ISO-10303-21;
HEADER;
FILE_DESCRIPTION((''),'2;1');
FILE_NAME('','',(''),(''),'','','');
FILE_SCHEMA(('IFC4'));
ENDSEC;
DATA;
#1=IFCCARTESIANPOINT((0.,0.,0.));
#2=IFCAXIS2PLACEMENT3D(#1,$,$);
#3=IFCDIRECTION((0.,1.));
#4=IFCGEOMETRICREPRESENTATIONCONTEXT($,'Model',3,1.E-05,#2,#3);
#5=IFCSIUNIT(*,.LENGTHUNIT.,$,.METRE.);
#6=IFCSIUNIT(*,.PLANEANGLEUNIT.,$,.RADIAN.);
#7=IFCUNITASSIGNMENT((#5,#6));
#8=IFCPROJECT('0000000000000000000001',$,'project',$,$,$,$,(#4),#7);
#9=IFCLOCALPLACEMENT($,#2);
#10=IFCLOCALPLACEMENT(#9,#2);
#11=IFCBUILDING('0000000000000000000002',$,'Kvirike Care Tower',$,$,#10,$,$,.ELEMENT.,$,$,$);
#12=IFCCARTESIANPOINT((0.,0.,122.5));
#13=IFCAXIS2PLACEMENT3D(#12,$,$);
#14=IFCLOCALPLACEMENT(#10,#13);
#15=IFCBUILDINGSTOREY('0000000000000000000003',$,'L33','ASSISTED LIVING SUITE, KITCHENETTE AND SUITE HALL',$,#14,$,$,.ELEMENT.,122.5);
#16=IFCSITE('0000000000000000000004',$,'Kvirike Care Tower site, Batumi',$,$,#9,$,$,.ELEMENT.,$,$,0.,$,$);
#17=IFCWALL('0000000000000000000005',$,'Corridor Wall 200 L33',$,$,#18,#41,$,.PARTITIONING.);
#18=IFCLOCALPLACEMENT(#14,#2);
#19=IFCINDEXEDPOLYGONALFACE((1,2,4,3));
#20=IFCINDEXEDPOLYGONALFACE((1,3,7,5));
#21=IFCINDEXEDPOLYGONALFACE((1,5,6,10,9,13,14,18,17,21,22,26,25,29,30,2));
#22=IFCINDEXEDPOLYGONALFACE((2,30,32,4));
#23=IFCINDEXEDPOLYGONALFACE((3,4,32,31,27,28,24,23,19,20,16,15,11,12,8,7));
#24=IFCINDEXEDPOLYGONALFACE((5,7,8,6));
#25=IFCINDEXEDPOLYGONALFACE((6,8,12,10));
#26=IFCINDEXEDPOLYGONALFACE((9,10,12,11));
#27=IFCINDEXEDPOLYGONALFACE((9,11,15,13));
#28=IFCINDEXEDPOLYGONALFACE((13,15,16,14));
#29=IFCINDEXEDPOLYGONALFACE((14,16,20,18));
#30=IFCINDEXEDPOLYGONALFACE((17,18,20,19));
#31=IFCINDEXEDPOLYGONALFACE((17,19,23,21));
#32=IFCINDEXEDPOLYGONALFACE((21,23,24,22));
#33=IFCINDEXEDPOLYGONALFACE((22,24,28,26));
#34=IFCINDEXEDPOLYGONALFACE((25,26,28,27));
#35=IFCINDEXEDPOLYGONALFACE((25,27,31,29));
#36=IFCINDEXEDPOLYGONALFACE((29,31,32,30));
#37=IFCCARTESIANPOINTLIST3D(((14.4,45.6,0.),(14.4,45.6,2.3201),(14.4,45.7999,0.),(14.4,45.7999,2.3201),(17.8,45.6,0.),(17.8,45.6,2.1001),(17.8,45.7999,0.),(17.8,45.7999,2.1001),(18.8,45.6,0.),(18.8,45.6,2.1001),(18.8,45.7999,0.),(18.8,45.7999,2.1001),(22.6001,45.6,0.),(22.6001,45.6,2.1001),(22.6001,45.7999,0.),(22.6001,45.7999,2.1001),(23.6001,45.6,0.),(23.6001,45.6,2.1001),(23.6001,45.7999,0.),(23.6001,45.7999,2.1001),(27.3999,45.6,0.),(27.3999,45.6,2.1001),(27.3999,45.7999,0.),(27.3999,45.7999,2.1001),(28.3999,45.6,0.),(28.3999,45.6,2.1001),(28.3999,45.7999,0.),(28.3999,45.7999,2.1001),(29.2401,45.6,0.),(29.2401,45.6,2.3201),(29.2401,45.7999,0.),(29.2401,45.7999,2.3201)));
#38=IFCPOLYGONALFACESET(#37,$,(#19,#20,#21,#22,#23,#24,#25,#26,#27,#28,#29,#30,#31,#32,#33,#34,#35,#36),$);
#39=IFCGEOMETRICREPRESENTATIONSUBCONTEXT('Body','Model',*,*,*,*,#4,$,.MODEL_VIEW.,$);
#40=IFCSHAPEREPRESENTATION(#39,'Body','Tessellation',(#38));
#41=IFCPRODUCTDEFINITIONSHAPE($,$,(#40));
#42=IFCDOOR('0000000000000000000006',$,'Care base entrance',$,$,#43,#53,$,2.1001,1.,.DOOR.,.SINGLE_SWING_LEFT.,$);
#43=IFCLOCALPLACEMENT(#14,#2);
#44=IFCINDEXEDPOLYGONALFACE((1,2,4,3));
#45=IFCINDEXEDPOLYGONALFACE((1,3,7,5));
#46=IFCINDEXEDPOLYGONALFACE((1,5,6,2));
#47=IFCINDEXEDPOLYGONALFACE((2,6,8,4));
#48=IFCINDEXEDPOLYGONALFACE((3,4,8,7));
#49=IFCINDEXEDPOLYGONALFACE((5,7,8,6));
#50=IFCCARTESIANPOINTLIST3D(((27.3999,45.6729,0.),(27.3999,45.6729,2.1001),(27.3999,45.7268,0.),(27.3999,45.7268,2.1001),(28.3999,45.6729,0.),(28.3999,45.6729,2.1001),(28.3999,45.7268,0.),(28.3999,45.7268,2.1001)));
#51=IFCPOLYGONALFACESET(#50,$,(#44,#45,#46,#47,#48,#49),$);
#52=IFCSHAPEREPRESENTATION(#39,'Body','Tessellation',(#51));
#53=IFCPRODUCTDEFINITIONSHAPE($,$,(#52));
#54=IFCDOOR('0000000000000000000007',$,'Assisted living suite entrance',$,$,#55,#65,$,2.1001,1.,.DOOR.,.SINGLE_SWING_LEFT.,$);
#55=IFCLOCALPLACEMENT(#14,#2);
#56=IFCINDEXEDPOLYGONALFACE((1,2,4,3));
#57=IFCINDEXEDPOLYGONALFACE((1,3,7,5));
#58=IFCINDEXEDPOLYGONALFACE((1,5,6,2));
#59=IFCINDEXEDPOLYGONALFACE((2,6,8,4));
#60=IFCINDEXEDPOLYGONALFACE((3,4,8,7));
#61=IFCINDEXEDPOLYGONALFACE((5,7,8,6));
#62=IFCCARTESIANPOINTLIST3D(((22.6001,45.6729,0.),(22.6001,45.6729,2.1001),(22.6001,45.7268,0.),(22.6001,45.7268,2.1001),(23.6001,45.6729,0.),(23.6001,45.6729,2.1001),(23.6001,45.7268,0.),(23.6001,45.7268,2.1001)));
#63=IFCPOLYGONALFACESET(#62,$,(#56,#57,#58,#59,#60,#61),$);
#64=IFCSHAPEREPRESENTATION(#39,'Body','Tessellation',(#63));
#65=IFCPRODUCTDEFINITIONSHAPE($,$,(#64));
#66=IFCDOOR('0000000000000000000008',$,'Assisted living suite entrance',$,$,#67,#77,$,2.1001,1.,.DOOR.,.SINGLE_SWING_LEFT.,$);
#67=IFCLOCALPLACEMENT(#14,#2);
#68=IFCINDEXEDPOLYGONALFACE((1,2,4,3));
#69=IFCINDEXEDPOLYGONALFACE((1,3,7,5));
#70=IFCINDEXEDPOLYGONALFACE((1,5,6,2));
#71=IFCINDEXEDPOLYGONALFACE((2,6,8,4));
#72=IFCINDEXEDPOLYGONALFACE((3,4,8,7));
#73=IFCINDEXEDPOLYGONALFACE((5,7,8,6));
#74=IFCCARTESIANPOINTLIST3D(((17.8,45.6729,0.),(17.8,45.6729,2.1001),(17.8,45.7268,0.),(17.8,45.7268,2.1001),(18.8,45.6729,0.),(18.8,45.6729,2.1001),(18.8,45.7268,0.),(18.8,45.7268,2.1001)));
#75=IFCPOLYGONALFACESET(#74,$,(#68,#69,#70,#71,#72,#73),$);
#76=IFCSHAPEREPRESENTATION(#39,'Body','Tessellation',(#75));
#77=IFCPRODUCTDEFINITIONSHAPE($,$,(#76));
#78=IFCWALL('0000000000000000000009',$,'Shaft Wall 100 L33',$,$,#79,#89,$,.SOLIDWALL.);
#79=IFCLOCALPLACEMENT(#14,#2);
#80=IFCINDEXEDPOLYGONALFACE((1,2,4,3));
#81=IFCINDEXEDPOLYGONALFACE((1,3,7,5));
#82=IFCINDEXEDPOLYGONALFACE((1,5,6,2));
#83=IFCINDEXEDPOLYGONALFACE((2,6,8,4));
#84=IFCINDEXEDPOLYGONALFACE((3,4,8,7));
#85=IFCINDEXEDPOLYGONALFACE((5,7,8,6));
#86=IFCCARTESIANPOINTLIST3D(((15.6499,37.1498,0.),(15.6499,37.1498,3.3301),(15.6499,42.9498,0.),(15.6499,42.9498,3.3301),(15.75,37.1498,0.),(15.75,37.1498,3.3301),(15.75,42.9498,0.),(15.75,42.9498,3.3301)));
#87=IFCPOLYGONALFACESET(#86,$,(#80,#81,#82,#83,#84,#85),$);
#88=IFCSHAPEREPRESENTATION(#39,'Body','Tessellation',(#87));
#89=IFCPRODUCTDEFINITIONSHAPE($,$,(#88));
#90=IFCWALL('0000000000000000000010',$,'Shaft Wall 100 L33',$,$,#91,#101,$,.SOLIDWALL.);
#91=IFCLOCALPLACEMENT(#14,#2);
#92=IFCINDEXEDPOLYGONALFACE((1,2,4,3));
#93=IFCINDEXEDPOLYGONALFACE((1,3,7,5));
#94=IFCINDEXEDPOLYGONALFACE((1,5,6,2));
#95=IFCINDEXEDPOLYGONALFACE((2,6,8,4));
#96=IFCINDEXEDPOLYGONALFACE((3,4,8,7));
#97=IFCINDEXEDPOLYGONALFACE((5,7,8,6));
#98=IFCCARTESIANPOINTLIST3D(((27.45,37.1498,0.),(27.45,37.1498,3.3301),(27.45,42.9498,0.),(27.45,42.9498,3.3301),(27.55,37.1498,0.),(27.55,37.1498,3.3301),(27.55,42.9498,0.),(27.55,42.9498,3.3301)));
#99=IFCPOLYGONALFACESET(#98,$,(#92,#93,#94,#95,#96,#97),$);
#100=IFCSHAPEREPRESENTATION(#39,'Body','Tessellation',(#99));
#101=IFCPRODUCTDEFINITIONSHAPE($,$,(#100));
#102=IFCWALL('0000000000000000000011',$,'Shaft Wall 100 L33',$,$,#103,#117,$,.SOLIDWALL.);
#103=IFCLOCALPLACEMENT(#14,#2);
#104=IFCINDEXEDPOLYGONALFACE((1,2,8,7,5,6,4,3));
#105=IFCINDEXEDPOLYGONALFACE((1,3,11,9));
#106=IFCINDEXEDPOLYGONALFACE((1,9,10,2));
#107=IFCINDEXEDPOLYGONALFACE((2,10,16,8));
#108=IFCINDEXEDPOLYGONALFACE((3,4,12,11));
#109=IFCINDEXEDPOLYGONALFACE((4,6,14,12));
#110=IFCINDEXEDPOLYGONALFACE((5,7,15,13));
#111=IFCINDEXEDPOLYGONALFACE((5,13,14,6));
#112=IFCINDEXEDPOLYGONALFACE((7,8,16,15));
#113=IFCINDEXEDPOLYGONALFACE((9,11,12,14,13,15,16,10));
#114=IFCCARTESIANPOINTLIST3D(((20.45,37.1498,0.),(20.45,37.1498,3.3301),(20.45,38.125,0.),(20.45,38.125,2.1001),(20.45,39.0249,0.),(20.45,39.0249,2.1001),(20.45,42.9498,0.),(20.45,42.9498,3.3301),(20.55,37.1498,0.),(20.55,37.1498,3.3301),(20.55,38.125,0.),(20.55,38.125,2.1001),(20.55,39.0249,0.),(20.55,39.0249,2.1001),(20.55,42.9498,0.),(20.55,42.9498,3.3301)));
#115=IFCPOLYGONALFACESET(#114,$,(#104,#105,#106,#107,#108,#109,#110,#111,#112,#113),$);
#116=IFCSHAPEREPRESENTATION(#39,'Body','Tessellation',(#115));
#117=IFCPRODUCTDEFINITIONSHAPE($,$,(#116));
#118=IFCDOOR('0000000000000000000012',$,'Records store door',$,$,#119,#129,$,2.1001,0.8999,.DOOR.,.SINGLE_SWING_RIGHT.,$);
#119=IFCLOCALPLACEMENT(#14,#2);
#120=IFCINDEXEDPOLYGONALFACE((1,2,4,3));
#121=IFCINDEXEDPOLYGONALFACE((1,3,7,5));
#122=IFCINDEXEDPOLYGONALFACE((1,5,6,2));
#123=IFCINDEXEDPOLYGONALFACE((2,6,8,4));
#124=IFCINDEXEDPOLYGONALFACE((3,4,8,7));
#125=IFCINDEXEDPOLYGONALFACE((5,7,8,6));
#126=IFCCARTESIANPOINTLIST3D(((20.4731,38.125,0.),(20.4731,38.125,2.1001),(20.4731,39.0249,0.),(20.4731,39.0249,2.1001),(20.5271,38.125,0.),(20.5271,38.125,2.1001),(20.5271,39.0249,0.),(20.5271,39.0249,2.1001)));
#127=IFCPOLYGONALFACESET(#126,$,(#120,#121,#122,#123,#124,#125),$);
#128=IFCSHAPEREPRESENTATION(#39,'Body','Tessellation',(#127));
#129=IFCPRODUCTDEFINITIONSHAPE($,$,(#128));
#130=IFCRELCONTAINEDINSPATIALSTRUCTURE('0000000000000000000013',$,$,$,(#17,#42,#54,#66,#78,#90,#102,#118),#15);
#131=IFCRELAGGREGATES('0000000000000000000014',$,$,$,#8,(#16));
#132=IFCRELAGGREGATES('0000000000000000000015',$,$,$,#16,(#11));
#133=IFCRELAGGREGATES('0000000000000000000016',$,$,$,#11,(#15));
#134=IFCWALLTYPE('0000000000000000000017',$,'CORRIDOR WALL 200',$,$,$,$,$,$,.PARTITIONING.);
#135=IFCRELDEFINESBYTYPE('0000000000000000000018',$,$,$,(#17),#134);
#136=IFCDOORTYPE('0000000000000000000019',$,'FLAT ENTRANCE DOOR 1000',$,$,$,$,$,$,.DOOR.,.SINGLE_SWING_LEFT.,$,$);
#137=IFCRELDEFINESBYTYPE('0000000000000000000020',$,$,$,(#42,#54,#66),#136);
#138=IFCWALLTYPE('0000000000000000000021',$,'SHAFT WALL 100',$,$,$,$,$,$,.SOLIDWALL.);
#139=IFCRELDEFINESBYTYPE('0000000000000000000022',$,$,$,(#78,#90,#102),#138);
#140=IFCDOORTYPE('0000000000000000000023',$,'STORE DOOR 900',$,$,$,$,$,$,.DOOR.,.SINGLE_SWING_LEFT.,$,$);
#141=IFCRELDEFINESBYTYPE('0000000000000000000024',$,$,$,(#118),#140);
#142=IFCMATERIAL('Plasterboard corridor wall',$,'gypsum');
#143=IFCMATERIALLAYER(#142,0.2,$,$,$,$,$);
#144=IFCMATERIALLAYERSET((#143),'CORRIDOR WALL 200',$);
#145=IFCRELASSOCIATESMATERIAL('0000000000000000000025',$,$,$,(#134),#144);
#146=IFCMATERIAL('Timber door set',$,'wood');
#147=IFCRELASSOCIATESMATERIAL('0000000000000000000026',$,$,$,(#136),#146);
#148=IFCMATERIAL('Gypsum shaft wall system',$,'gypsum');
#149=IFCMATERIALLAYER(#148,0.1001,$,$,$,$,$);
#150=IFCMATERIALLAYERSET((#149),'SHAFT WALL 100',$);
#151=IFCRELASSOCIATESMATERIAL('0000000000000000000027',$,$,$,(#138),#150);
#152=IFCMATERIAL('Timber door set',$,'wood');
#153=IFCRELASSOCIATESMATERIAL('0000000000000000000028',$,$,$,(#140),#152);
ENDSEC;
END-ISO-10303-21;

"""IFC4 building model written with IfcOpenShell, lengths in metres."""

from ifc_helpers import new_model, si_unit, direction, frame, frame_2d, origin, place, context, subcontext, project, spatial, rectangle, extrude, material, layer, layer_set, type_object, element, fill, save


model = new_model("IFC4")

# Units and contexts
model_context = context("Model", 3, precision=1e-05, world=origin(), true_north=direction((0.0, 1.0)))
body_context = subcontext(model_context, "Body", "Model", "MODEL_VIEW")
ifc_project = project(units=[si_unit("LENGTHUNIT", "METRE"), si_unit("PLANEANGLEUNIT", "RADIAN")], contexts=[model_context])

# Site, building, storey
site_placement = place(None, origin())
site = spatial("IfcSite", under=ifc_project, at=site_placement, Name="Kvirike Care Tower site, Batumi", CompositionType="ELEMENT", RefElevation=0.0)
building_placement = place(site_placement, origin())
building = spatial("IfcBuilding", under=site, at=building_placement, Name="Kvirike Care Tower", CompositionType="ELEMENT")
storey_placement = place(building_placement, frame((0.0, 0.0, 122.5)))
storey = spatial("IfcBuildingStorey", under=building, at=storey_placement, Name="L33", Description="ASSISTED LIVING SUITE, KITCHENETTE AND SUITE HALL", CompositionType="ELEMENT", Elevation=122.5)

# Wall, openings, doors
ifc_material_1 = material(Name="Plasterboard corridor wall", Category="gypsum")
ifc_layer_1 = layer(ifc_material_1, 0.2)
ifc_layer_set_1 = layer_set([ifc_layer_1], Name="CORRIDOR WALL 200")
wall_type_1 = type_object("IfcWallType", Name="CORRIDOR WALL 200", PredefinedType="PARTITIONING", material=ifc_layer_set_1)
wall_1_placement = place(storey_placement, frame((29.24, 45.7, 0.0), z_axis=(0.0, 0.0, 1.0), x_axis=(-1.0, 0.0, 0.0)))
wall_1 = element("IfcWall", 1, at=wall_1_placement, inside=storey, type_object=wall_type_1, Name="Corridor Wall 200 L33", PredefinedType="PARTITIONING", context=body_context, shape_type="SweptSolid", body=[
    extrude(rectangle(XDim=14.8401, YDim=0.2, at=frame_2d((7.4199, 0.0))), origin(), (0.0, 0.0, 1.0), 2.3201),
])
opening_1_placement = place(wall_1_placement, frame((0.8401, 0.0, 0.0)))
opening_1 = element("IfcOpeningElement", 2, at=opening_1_placement, cuts=wall_1, PredefinedType="OPENING", context=body_context, shape_type="SweptSolid", body=[
    extrude(rectangle(XDim=1.0, YDim=2.1001, at=frame_2d((0.5, 1.05))), frame((0.0, 0.1106, 0.0), z_axis=(0.0, -1.0, 0.0), x_axis=(1.0, 0.0, 0.0)), (0.0, 0.0, 1.0), 0.2209),
])
opening_2_placement = place(wall_1_placement, frame((5.6399, 0.0, 0.0)))
opening_2 = element("IfcOpeningElement", 3, at=opening_2_placement, cuts=wall_1, PredefinedType="OPENING", context=body_context, shape_type="SweptSolid", body=[
    extrude(rectangle(XDim=1.0, YDim=2.1001, at=frame_2d((0.5, 1.05))), frame((0.0, 0.1106, 0.0), z_axis=(0.0, -1.0, 0.0), x_axis=(1.0, 0.0, 0.0)), (0.0, 0.0, 1.0), 0.2209),
])
opening_3_placement = place(wall_1_placement, frame((10.4399, 0.0, 0.0)))
opening_3 = element("IfcOpeningElement", 4, at=opening_3_placement, cuts=wall_1, PredefinedType="OPENING", context=body_context, shape_type="SweptSolid", body=[
    extrude(rectangle(XDim=1.0, YDim=2.1001, at=frame_2d((0.5, 1.05))), frame((0.0, 0.1106, 0.0), z_axis=(0.0, -1.0, 0.0), x_axis=(1.0, 0.0, 0.0)), (0.0, 0.0, 1.0), 0.2209),
])
ifc_material_2 = material(Name="Timber door set", Category="wood")
door_type_1 = type_object("IfcDoorType", Name="FLAT ENTRANCE DOOR 1000", OperationType="SINGLE_SWING_LEFT", PredefinedType="DOOR", material=ifc_material_2)
door_1_placement = place(opening_1_placement, frame((1.0, 0.0, 0.0), z_axis=(0.0, 0.0, 1.0), x_axis=(-1.0, 0.0, 0.0)))
door_1 = element("IfcDoor", 5, at=door_1_placement, inside=storey, type_object=door_type_1, Name="Care base entrance", OperationType="SINGLE_SWING_LEFT", OverallHeight=2.1001, OverallWidth=1.0, PredefinedType="DOOR", context=body_context, shape_type="SweptSolid", body=[
    extrude(rectangle(XDim=1.0, YDim=2.1001, at=frame_2d((0.5, 1.05))), frame((0.0, 0.0269, 0.0), z_axis=(0.0, -1.0, 0.0), x_axis=(1.0, 0.0, 0.0)), (0.0, 0.0, 1.0), 0.054),
])
fill(opening_1, door_1)
door_2_placement = place(opening_2_placement, frame((1.0, 0.0, 0.0), z_axis=(0.0, 0.0, 1.0), x_axis=(-1.0, 0.0, 0.0)))
door_2 = element("IfcDoor", 6, at=door_2_placement, inside=storey, type_object=door_type_1, Name="Assisted living suite entrance", OperationType="SINGLE_SWING_LEFT", OverallHeight=2.1001, OverallWidth=1.0, PredefinedType="DOOR", context=body_context, shape_type="SweptSolid", body=[
    extrude(rectangle(XDim=1.0, YDim=2.1001, at=frame_2d((0.5, 1.05))), frame((0.0, 0.0269, 0.0), z_axis=(0.0, -1.0, 0.0), x_axis=(1.0, 0.0, 0.0)), (0.0, 0.0, 1.0), 0.054),
])
fill(opening_2, door_2)
door_3_placement = place(opening_3_placement, frame((1.0, 0.0, 0.0), z_axis=(0.0, 0.0, 1.0), x_axis=(-1.0, 0.0, 0.0)))
door_3 = element("IfcDoor", 7, at=door_3_placement, inside=storey, type_object=door_type_1, Name="Assisted living suite entrance", OperationType="SINGLE_SWING_LEFT", OverallHeight=2.1001, OverallWidth=1.0, PredefinedType="DOOR", context=body_context, shape_type="SweptSolid", body=[
    extrude(rectangle(XDim=1.0, YDim=2.1001, at=frame_2d((0.5, 1.05))), frame((0.0, 0.0269, 0.0), z_axis=(0.0, -1.0, 0.0), x_axis=(1.0, 0.0, 0.0)), (0.0, 0.0, 1.0), 0.054),
])
fill(opening_3, door_3)

# Walls
ifc_material_3 = material(Name="Gypsum shaft wall system", Category="gypsum")
ifc_layer_2 = layer(ifc_material_3, 0.1001)
ifc_layer_set_2 = layer_set([ifc_layer_2], Name="SHAFT WALL 100")
wall_type_2 = type_object("IfcWallType", Name="SHAFT WALL 100", PredefinedType="SOLIDWALL", material=ifc_layer_set_2)
for number, where, z_axis, x_axis, name in (
    (8, (15.7, 37.1499, 0.0), (0.0, 0.0, 1.0), (0.0, 1.0, 0.0), "Shaft Wall 100 L33"),
    (9, (27.5, 37.1499, 0.0), (0.0, 0.0, 1.0), (0.0, 1.0, 0.0), "Shaft Wall 100 L33"),
):
    element("IfcWall", number, at=place(storey_placement, frame(where, z_axis=z_axis, x_axis=x_axis)), inside=storey, type_object=wall_type_2, Name=name, PredefinedType="SOLIDWALL", context=body_context, shape_type="SweptSolid", body=[
        extrude(rectangle(XDim=5.8, YDim=0.1001, at=frame_2d((2.8999, 0.0))), origin(), (0.0, 0.0, 1.0), 3.3301),
    ])

# Wall, opening, door
wall_2_placement = place(storey_placement, frame((20.5, 37.1499, 0.0), z_axis=(0.0, 0.0, 1.0), x_axis=(0.0, 1.0, 0.0)))
wall_2 = element("IfcWall", 10, at=wall_2_placement, inside=storey, type_object=wall_type_2, Name="Shaft Wall 100 L33", PredefinedType="SOLIDWALL", context=body_context, shape_type="SweptSolid", body=[
    extrude(rectangle(XDim=5.8, YDim=0.1001, at=frame_2d((2.8999, 0.0))), origin(), (0.0, 0.0, 1.0), 3.3301),
])
opening_4_placement = place(wall_2_placement, frame((0.9751, 0.0, 0.0)))
opening_4 = element("IfcOpeningElement", 11, at=opening_4_placement, cuts=wall_2, PredefinedType="OPENING", context=body_context, shape_type="SweptSolid", body=[
    extrude(rectangle(XDim=0.8999, YDim=2.1001, at=frame_2d((0.45, 1.05))), frame((0.0, 0.0605, 0.0), z_axis=(0.0, -1.0, 0.0), x_axis=(1.0, 0.0, 0.0)), (0.0, 0.0, 1.0), 0.1211),
])
ifc_material_4 = material(Name="Timber door set", Category="wood")
door_type_2 = type_object("IfcDoorType", Name="STORE DOOR 900", OperationType="SINGLE_SWING_LEFT", PredefinedType="DOOR", material=ifc_material_4)
door_4_placement = place(opening_4_placement, origin())
door_4 = element("IfcDoor", 12, at=door_4_placement, inside=storey, type_object=door_type_2, Name="Records store door", OperationType="SINGLE_SWING_RIGHT", OverallHeight=2.1001, OverallWidth=0.8999, PredefinedType="DOOR", context=body_context, shape_type="SweptSolid", body=[
    extrude(rectangle(XDim=0.8999, YDim=2.1001, at=frame_2d((0.45, 1.05))), frame((0.0, 0.0269, 0.0), z_axis=(0.0, -1.0, 0.0), x_axis=(1.0, 0.0, 0.0)), (0.0, 0.0, 1.0), 0.054),
])
fill(opening_4, door_4)

save(model, "model.ifc")
